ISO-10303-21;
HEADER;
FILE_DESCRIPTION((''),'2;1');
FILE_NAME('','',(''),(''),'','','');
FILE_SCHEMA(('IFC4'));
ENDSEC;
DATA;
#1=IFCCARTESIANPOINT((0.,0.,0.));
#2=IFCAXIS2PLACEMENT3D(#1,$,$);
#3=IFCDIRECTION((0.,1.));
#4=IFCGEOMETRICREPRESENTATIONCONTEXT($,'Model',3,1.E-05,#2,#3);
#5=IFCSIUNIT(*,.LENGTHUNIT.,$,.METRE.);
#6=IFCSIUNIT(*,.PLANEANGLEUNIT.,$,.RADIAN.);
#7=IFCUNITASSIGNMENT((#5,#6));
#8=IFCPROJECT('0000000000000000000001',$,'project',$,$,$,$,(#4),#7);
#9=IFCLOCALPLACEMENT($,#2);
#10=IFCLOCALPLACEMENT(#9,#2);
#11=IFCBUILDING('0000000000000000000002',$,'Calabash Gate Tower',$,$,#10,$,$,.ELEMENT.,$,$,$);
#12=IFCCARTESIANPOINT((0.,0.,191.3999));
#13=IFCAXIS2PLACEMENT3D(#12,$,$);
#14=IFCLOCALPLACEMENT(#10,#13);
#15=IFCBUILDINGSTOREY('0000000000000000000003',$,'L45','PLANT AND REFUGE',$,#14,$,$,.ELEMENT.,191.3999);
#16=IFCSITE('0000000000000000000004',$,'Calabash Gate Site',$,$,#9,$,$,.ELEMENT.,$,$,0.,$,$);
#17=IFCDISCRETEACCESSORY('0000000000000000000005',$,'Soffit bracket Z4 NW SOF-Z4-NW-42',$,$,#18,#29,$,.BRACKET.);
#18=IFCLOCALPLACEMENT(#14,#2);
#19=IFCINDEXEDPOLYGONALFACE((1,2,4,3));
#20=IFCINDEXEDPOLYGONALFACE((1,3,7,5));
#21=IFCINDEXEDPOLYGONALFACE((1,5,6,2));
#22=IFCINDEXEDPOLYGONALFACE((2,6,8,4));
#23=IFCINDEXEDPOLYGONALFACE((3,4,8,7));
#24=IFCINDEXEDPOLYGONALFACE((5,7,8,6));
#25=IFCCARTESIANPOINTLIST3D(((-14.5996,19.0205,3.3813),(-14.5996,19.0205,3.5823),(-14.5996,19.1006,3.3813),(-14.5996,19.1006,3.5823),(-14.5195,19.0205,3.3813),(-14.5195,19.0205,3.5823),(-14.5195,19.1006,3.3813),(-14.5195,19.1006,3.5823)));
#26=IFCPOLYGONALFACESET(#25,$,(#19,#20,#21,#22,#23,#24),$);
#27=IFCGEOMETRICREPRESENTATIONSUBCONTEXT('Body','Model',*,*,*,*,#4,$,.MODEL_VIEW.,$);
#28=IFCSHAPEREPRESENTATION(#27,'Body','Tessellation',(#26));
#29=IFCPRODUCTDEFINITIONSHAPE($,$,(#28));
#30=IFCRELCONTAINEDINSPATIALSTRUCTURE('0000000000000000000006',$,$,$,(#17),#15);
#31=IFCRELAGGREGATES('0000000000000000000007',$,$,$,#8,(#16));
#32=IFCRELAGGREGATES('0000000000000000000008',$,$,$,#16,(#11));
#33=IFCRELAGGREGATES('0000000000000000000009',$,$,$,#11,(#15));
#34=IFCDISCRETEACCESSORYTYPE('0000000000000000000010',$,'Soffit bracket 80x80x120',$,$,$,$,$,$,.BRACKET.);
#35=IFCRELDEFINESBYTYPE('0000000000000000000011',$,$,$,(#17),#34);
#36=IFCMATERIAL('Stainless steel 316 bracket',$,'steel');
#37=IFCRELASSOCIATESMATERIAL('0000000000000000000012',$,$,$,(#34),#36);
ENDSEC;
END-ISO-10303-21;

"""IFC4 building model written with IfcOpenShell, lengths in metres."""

from ifc_helpers import new_model, si_unit, direction, frame, origin, origin_2d, place, context, subcontext, project, spatial, rectangle, extrude, material, type_object, element, save


model = new_model("IFC4")

# Units and contexts
model_context = context("Model", 3, precision=1e-05, world=origin(), true_north=direction((0.0, 1.0)))
body_context = subcontext(model_context, "Body", "Model", "MODEL_VIEW")
ifc_project = project(units=[si_unit("LENGTHUNIT", "METRE"), si_unit("PLANEANGLEUNIT", "RADIAN")], contexts=[model_context])

# Site, building, storey
site_placement = place(None, origin())
site = spatial("IfcSite", under=ifc_project, at=site_placement, Name="Calabash Gate Site", CompositionType="ELEMENT", RefElevation=0.0)
building_placement = place(site_placement, origin())
building = spatial("IfcBuilding", under=site, at=building_placement, Name="Calabash Gate Tower", CompositionType="ELEMENT")
storey_placement = place(building_placement, frame((0.0, 0.0, 191.3999)))
storey = spatial("IfcBuildingStorey", under=building, at=storey_placement, Name="L45", Description="PLANT AND REFUGE", CompositionType="ELEMENT", Elevation=191.3999)

# Discrete accessory
ifc_material_1 = material(Name="Stainless steel 316 bracket", Category="steel")
discrete_accessory_type_1 = type_object("IfcDiscreteAccessoryType", Name="Soffit bracket 80x80x120", PredefinedType="BRACKET", material=ifc_material_1)
discrete_accessory_1_placement = place(storey_placement, frame((-14.5596, 19.0605, 3.3813), z_axis=(0.0, 0.0, 1.0), x_axis=(1.0, 0.0, 0.0)))
element("IfcDiscreteAccessory", 1, at=discrete_accessory_1_placement, inside=storey, type_object=discrete_accessory_type_1, Name="Soffit bracket Z4 NW SOF-Z4-NW-42", PredefinedType="BRACKET", context=body_context, shape_type="SweptSolid", body=[
    extrude(rectangle(XDim=0.0801, YDim=0.0801, at=origin_2d()), origin(), (0.0, 0.0, 1.0), 0.2009),
])

save(model, "model.ifc")
